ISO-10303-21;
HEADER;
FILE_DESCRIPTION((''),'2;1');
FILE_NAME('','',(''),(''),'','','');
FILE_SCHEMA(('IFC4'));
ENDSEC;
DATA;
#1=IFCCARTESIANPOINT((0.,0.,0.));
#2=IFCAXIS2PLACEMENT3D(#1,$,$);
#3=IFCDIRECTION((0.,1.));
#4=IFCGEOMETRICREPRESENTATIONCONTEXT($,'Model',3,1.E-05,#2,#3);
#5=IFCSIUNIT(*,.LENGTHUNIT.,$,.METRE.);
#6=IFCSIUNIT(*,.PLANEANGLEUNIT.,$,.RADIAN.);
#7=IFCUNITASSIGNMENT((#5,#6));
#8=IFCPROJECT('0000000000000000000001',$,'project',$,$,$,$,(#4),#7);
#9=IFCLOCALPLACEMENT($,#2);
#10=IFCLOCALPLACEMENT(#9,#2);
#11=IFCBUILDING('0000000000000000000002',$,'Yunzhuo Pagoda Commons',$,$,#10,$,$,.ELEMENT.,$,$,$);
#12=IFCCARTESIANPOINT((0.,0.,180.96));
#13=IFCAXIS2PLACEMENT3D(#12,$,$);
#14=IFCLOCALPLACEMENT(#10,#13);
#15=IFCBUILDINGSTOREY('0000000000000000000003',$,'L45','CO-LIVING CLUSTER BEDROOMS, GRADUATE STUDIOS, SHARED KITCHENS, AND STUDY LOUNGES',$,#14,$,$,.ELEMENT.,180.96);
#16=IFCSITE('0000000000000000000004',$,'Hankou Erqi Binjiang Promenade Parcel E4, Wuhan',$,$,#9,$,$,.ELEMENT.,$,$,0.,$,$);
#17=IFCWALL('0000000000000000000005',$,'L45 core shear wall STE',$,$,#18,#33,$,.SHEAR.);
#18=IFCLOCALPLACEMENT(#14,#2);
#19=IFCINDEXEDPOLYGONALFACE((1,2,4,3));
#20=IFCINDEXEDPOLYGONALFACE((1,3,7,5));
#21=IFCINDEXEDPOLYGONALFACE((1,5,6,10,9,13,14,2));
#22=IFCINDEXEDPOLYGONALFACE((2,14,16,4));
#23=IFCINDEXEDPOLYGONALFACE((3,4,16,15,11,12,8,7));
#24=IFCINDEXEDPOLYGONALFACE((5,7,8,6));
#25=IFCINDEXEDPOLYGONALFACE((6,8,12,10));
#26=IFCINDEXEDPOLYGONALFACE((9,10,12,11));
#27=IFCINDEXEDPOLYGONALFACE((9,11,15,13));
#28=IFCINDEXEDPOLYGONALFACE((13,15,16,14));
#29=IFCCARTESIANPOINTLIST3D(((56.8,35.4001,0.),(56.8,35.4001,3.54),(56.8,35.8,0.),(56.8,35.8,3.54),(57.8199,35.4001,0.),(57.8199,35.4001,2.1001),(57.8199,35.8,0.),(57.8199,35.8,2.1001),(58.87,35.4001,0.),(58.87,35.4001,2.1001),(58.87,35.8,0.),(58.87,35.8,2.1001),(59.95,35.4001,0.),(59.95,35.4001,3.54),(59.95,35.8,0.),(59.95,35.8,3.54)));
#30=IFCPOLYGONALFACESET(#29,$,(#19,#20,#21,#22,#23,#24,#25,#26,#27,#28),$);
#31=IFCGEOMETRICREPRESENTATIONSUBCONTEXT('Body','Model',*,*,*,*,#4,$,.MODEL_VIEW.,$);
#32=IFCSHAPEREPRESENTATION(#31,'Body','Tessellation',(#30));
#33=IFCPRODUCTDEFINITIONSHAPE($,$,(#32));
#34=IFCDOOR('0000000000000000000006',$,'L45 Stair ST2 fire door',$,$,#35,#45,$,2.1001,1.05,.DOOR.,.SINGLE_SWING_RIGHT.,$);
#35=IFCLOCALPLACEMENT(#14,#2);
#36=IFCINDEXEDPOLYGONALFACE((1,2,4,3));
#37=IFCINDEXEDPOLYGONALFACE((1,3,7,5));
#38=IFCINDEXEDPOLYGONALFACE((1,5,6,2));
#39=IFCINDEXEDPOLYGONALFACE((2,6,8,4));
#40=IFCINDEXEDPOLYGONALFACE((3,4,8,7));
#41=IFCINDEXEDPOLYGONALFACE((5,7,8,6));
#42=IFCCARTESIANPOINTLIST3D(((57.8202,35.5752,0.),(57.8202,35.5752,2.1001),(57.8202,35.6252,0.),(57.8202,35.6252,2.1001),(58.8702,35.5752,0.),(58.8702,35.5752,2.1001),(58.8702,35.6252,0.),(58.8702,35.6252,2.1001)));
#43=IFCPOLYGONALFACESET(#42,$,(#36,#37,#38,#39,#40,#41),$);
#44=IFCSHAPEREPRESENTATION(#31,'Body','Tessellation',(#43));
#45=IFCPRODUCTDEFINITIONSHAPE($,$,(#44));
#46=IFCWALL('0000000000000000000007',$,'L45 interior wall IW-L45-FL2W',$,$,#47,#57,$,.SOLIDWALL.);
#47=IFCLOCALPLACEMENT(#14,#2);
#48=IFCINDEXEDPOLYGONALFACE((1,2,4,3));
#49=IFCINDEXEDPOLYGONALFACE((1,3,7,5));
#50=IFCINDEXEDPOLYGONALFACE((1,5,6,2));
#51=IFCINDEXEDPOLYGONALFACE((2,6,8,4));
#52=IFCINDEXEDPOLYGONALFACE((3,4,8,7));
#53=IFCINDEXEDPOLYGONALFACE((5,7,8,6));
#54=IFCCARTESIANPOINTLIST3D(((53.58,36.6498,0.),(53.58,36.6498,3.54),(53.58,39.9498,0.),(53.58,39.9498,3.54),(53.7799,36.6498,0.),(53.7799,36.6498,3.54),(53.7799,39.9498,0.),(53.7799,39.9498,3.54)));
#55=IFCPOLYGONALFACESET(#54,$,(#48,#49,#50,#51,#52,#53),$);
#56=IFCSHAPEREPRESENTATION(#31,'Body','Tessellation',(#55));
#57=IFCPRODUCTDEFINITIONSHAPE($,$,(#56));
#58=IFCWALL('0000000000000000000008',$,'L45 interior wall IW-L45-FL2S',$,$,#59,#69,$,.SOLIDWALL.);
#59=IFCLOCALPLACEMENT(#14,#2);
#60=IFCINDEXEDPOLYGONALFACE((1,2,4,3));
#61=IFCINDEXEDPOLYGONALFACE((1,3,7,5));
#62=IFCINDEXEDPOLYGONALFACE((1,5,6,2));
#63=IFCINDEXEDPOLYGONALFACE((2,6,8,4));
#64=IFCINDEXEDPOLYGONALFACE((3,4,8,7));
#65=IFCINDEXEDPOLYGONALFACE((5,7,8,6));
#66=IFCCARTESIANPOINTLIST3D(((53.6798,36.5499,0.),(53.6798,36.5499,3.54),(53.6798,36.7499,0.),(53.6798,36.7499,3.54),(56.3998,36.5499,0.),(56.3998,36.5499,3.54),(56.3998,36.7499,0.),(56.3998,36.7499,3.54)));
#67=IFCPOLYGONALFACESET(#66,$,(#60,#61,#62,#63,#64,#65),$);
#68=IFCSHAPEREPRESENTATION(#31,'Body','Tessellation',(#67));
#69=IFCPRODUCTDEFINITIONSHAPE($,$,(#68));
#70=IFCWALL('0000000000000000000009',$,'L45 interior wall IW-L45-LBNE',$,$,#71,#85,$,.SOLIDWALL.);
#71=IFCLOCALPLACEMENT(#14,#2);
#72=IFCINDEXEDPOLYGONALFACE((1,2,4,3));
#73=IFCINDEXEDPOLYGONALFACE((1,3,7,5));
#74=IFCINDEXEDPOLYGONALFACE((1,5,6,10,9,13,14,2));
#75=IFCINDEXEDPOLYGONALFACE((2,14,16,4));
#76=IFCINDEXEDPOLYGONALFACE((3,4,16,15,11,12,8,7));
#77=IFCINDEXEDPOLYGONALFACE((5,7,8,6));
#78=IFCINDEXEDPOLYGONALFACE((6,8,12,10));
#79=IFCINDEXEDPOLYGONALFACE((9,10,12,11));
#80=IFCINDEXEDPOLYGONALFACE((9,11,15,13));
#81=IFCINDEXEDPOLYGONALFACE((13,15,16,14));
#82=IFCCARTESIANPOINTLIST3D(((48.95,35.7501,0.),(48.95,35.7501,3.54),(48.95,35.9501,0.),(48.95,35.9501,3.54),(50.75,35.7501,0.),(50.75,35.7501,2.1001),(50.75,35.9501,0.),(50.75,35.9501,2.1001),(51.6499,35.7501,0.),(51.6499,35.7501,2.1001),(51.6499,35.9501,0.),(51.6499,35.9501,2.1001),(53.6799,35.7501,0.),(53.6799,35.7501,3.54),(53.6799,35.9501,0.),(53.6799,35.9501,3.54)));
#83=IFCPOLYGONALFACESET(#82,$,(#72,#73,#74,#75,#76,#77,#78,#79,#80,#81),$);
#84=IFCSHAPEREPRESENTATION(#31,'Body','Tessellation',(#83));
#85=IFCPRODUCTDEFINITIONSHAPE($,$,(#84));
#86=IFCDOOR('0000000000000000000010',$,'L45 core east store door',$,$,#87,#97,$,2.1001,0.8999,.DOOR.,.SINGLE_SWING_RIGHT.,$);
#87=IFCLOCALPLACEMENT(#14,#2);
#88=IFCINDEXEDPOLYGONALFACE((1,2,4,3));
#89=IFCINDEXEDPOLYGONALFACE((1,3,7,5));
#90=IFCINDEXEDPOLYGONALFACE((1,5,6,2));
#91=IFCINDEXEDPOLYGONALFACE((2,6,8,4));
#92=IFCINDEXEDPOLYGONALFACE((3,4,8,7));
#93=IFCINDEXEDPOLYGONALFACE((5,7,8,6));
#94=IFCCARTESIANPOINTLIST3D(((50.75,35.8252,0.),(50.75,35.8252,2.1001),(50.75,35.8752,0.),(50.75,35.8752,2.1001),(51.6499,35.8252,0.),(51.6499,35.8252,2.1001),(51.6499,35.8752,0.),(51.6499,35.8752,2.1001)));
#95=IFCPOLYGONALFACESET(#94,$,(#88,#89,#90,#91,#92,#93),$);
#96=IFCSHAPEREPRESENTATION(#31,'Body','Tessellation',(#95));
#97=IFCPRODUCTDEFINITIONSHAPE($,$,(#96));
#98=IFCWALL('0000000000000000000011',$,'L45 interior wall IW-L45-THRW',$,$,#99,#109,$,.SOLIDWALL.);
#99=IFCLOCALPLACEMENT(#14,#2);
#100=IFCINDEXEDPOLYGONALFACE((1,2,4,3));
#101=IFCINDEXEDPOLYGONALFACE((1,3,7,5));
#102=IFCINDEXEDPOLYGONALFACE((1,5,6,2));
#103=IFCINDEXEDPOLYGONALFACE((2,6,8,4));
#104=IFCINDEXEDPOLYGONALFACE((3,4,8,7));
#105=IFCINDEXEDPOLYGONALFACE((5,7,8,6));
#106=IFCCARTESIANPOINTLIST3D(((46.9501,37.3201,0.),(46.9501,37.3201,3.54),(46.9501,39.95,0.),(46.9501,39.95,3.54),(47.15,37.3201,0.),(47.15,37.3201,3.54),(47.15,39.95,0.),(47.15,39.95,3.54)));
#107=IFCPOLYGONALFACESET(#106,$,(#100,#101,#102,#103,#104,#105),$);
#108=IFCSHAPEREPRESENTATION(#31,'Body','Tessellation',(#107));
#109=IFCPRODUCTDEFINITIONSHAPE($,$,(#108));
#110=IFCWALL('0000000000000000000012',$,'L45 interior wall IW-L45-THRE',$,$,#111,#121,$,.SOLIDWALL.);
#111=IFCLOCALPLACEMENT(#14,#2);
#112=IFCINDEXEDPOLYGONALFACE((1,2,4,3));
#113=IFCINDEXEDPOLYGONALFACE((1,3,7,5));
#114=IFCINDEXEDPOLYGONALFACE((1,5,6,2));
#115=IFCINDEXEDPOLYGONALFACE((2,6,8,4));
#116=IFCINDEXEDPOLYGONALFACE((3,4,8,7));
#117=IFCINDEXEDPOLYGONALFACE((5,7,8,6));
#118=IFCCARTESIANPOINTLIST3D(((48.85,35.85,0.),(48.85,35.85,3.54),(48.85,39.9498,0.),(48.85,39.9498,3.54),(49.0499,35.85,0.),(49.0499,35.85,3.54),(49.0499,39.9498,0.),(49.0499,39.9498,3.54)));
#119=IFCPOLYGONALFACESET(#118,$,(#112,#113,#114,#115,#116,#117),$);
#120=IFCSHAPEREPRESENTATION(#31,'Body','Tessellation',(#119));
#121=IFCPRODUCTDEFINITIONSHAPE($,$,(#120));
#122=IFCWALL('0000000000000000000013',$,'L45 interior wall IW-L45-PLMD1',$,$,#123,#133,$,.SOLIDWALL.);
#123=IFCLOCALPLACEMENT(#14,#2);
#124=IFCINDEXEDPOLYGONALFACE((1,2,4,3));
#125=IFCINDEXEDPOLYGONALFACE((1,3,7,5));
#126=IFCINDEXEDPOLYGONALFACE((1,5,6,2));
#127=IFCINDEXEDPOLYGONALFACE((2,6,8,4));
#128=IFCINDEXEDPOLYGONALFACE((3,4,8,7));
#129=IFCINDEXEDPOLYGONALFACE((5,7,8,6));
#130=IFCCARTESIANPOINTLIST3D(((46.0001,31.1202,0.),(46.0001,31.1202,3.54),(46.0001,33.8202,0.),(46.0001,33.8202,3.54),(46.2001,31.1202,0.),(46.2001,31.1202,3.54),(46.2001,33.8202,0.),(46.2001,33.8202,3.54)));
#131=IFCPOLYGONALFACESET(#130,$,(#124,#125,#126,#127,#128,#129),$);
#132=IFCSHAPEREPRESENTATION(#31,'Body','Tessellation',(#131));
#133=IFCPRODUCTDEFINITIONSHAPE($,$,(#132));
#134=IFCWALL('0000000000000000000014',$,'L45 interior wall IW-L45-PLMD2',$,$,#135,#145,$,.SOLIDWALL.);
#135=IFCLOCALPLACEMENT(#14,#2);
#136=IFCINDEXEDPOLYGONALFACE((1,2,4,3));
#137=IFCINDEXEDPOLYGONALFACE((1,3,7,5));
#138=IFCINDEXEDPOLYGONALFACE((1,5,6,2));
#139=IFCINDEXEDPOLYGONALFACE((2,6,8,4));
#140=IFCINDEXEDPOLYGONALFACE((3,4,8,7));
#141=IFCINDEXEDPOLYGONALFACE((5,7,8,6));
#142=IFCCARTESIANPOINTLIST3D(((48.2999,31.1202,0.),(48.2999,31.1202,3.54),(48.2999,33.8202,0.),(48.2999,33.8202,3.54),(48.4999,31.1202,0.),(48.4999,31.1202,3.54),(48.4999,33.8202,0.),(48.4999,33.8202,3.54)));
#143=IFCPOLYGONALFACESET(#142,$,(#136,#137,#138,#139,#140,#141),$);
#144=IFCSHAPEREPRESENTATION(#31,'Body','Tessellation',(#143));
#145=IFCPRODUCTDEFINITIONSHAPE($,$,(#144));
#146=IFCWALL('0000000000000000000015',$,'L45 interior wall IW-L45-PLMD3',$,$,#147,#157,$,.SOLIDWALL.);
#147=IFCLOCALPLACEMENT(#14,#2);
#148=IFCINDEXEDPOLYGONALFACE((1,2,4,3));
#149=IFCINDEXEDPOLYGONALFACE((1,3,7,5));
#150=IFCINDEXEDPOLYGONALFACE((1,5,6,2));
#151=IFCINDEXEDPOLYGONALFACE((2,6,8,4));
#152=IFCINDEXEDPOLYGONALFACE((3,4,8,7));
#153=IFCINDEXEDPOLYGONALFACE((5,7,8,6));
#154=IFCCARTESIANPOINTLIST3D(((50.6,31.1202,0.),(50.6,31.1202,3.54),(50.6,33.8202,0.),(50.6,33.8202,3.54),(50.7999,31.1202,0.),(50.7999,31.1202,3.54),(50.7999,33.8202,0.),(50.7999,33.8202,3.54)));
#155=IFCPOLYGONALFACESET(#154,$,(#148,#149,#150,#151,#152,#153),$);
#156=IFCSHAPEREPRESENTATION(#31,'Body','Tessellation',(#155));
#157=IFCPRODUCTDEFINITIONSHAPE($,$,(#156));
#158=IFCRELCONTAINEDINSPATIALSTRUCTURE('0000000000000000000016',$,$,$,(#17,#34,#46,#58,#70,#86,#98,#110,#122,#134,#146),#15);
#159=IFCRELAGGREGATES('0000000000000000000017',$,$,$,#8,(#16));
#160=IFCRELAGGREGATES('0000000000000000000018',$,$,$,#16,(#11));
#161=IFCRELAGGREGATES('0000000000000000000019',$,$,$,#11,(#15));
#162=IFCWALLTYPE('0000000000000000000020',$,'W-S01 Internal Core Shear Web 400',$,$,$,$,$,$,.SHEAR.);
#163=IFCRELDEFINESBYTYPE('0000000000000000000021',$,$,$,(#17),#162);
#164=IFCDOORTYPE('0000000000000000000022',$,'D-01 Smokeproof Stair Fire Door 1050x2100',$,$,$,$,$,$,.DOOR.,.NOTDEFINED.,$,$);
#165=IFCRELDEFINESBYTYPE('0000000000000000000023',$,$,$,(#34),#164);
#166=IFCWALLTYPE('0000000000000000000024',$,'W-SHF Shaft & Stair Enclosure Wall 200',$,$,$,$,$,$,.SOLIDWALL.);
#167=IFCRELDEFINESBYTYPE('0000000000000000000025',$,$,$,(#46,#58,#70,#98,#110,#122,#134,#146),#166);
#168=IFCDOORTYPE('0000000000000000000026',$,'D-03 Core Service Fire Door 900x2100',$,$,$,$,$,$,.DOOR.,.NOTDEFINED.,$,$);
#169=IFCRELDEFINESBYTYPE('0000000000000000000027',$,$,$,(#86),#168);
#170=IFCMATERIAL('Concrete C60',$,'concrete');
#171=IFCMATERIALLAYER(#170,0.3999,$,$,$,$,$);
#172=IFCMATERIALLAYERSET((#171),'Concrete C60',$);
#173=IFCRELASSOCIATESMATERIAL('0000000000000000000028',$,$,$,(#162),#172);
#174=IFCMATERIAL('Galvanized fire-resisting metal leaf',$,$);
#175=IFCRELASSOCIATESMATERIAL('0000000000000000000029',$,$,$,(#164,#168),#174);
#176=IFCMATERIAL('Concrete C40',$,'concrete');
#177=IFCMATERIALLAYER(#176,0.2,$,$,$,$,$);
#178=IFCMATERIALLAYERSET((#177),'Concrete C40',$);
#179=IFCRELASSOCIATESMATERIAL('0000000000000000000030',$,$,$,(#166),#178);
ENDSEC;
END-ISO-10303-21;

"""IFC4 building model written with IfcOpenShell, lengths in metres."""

from ifc_helpers import new_model, si_unit, direction, frame, frame_2d, origin, place, context, subcontext, project, spatial, rectangle, extrude, source, transform, mapped, material, layer, layer_set, type_object, element, fill, save


model = new_model("IFC4")

# Units and contexts
model_context = context("Model", 3, precision=1e-05, world=origin(), true_north=direction((0.0, 1.0)))
body_context = subcontext(model_context, "Body", "Model", "MODEL_VIEW")
ifc_project = project(units=[si_unit("LENGTHUNIT", "METRE"), si_unit("PLANEANGLEUNIT", "RADIAN")], contexts=[model_context])

# Site, building, storey
site_placement = place(None, origin())
site = spatial("IfcSite", under=ifc_project, at=site_placement, Name="Hankou Erqi Binjiang Promenade Parcel E4, Wuhan", CompositionType="ELEMENT", RefElevation=0.0)
building_placement = place(site_placement, origin())
building = spatial("IfcBuilding", under=site, at=building_placement, Name="Yunzhuo Pagoda Commons", CompositionType="ELEMENT")
storey_placement = place(building_placement, frame((0.0, 0.0, 180.96)))
storey = spatial("IfcBuildingStorey", under=building, at=storey_placement, Name="L45", Description="CO-LIVING CLUSTER BEDROOMS, GRADUATE STUDIOS, SHARED KITCHENS, AND STUDY LOUNGES", CompositionType="ELEMENT", Elevation=180.96)

# Shared definitions
ifc_material_1 = material(Name="Galvanized fire-resisting metal leaf")
shared_shape_1 = source(origin(), body_context, "Body", "SweptSolid", [
    extrude(rectangle(XDim=1.05, YDim=2.1001, at=frame_2d((0.5249, 1.05))), frame((0.0, 0.0249, 0.0), z_axis=(0.0, -1.0, 0.0), x_axis=(1.0, 0.0, 0.0)), (0.0, 0.0, 1.0), 0.05),
])

# Wall, opening, door
ifc_material_2 = material(Name="Concrete C60", Category="concrete")
ifc_layer_1 = layer(ifc_material_2, 0.3999)
ifc_layer_set_1 = layer_set([ifc_layer_1], Name="Concrete C60")
wall_type_1 = type_object("IfcWallType", Name="W-S01 Internal Core Shear Web 400", PredefinedType="SHEAR", material=ifc_layer_set_1)
wall_1_placement = place(storey_placement, frame((56.8, 35.6001, 0.0), z_axis=(0.0, 0.0, 1.0), x_axis=(1.0, 0.0, 0.0)))
wall_1 = element("IfcWall", 1, at=wall_1_placement, inside=storey, type_object=wall_type_1, Name="L45 core shear wall STE", PredefinedType="SHEAR", context=body_context, shape_type="SweptSolid", body=[
    extrude(rectangle(XDim=3.1499, YDim=0.3999, at=frame_2d((1.575, 0.0))), origin(), (0.0, 0.0, 1.0), 3.54),
])
opening_1_placement = place(wall_1_placement, frame((1.02, 0.0, 0.0)))
opening_1 = element("IfcOpeningElement", 2, at=opening_1_placement, cuts=wall_1, PredefinedType="OPENING", context=body_context, shape_type="SweptSolid", body=[
    extrude(rectangle(XDim=1.05, YDim=2.1001, at=frame_2d((0.5249, 1.05))), frame((0.0, 0.21, 0.0), z_axis=(0.0, -1.0, 0.0), x_axis=(1.0, 0.0, 0.0)), (0.0, 0.0, 1.0), 0.4199),
])
door_type_1 = type_object("IfcDoorType", Name="D-01 Smokeproof Stair Fire Door 1050x2100", OperationType="NOTDEFINED", PredefinedType="DOOR", material=ifc_material_1)
door_1_placement = place(opening_1_placement, frame((1.05, 0.0, 0.0), z_axis=(0.0, 0.0, 1.0), x_axis=(-1.0, 0.0, 0.0)))
door_1 = element("IfcDoor", 3, at=door_1_placement, inside=storey, type_object=door_type_1, Name="L45 Stair ST2 fire door", OperationType="SINGLE_SWING_RIGHT", OverallHeight=2.1001, OverallWidth=1.05, PredefinedType="DOOR", context=body_context, shape_type="MappedRepresentation", body=[
    mapped(shared_shape_1, transform((0.0, 0.0, 0.0), scale=1.0)),
])
fill(opening_1, door_1)

# Walls
ifc_material_3 = material(Name="Concrete C40", Category="concrete")
ifc_layer_2 = layer(ifc_material_3, 0.2)
ifc_layer_set_2 = layer_set([ifc_layer_2], Name="Concrete C40")
wall_type_2 = type_object("IfcWallType", Name="W-SHF Shaft & Stair Enclosure Wall 200", PredefinedType="SOLIDWALL", material=ifc_layer_set_2)
wall_2_placement = place(storey_placement, frame((53.6799, 36.6499, 0.0), z_axis=(0.0, 0.0, 1.0), x_axis=(0.0, 1.0, 0.0)))
element("IfcWall", 4, at=wall_2_placement, inside=storey, type_object=wall_type_2, Name="L45 interior wall IW-L45-FL2W", PredefinedType="SOLIDWALL", context=body_context, shape_type="SweptSolid", body=[
    extrude(rectangle(XDim=3.3, YDim=0.2, at=frame_2d((1.6499, 0.0))), origin(), (0.0, 0.0, 1.0), 3.54),
])
wall_3_placement = place(storey_placement, frame((53.6799, 36.6499, 0.0), z_axis=(0.0, 0.0, 1.0), x_axis=(1.0, 0.0, 0.0)))
element("IfcWall", 5, at=wall_3_placement, inside=storey, type_object=wall_type_2, Name="L45 interior wall IW-L45-FL2S", PredefinedType="SOLIDWALL", context=body_context, shape_type="SweptSolid", body=[
    extrude(rectangle(XDim=2.72, YDim=0.2, at=frame_2d((1.3599, 0.0))), origin(), (0.0, 0.0, 1.0), 3.54),
])

# Wall, opening, door
wall_4_placement = place(storey_placement, frame((48.95, 35.8501, 0.0), z_axis=(0.0, 0.0, 1.0), x_axis=(1.0, 0.0, 0.0)))
wall_4 = element("IfcWall", 6, at=wall_4_placement, inside=storey, type_object=wall_type_2, Name="L45 interior wall IW-L45-LBNE", PredefinedType="SOLIDWALL", context=body_context, shape_type="SweptSolid", body=[
    extrude(rectangle(XDim=4.73, YDim=0.2, at=frame_2d((2.365, 0.0))), origin(), (0.0, 0.0, 1.0), 3.54),
])
opening_2_placement = place(wall_4_placement, frame((1.8, 0.0, 0.0)))
opening_2 = element("IfcOpeningElement", 7, at=opening_2_placement, cuts=wall_4, PredefinedType="OPENING", context=body_context, shape_type="SweptSolid", body=[
    extrude(rectangle(XDim=0.8999, YDim=2.1001, at=frame_2d((0.45, 1.05))), frame((0.0, 0.1099, 0.0), z_axis=(0.0, -1.0, 0.0), x_axis=(1.0, 0.0, 0.0)), (0.0, 0.0, 1.0), 0.22),
])
door_type_2 = type_object("IfcDoorType", Name="D-03 Core Service Fire Door 900x2100", OperationType="NOTDEFINED", PredefinedType="DOOR", material=ifc_material_1)
shared_shape_2 = source(origin(), body_context, "Body", "SweptSolid", [
    extrude(rectangle(XDim=0.8999, YDim=2.1001, at=frame_2d((0.45, 1.05))), frame((0.0, 0.0249, 0.0), z_axis=(0.0, -1.0, 0.0), x_axis=(1.0, 0.0, 0.0)), (0.0, 0.0, 1.0), 0.05),
])
door_2_placement = place(opening_2_placement, frame((0.8999, 0.0, 0.0), z_axis=(0.0, 0.0, 1.0), x_axis=(-1.0, 0.0, 0.0)))
door_2 = element("IfcDoor", 8, at=door_2_placement, inside=storey, type_object=door_type_2, Name="L45 core east store door", OperationType="SINGLE_SWING_RIGHT", OverallHeight=2.1001, OverallWidth=0.8999, PredefinedType="DOOR", context=body_context, shape_type="MappedRepresentation", body=[
    mapped(shared_shape_2, transform((0.0, 0.0, 0.0), scale=1.0)),
])
fill(opening_2, door_2)

# Walls
wall_5_placement = place(storey_placement, frame((47.05, 37.3201, 0.0), z_axis=(0.0, 0.0, 1.0), x_axis=(0.0, 1.0, 0.0)))
element("IfcWall", 9, at=wall_5_placement, inside=storey, type_object=wall_type_2, Name="L45 interior wall IW-L45-THRW", PredefinedType="SOLIDWALL", context=body_context, shape_type="SweptSolid", body=[
    extrude(rectangle(XDim=2.6299, YDim=0.2, at=frame_2d((1.3149, 0.0))), origin(), (0.0, 0.0, 1.0), 3.54),
])
wall_6_placement = place(storey_placement, frame((48.95, 35.8501, 0.0), z_axis=(0.0, 0.0, 1.0), x_axis=(0.0, 1.0, 0.0)))
element("IfcWall", 10, at=wall_6_placement, inside=storey, type_object=wall_type_2, Name="L45 interior wall IW-L45-THRE", PredefinedType="SOLIDWALL", context=body_context, shape_type="SweptSolid", body=[
    extrude(rectangle(XDim=4.0999, YDim=0.2, at=frame_2d((2.0498, 0.0))), origin(), (0.0, 0.0, 1.0), 3.54),
])
for number, where, z_axis, x_axis, name in (
    (11, (46.1001, 31.1201, 0.0), (0.0, 0.0, 1.0), (0.0, 1.0, 0.0), "L45 interior wall IW-L45-PLMD1"),
    (12, (48.3999, 31.1201, 0.0), (0.0, 0.0, 1.0), (0.0, 1.0, 0.0), "L45 interior wall IW-L45-PLMD2"),
    (13, (50.7, 31.1201, 0.0), (0.0, 0.0, 1.0), (0.0, 1.0, 0.0), "L45 interior wall IW-L45-PLMD3"),
):
    element("IfcWall", number, at=place(storey_placement, frame(where, z_axis=z_axis, x_axis=x_axis)), inside=storey, type_object=wall_type_2, Name=name, PredefinedType="SOLIDWALL", context=body_context, shape_type="SweptSolid", body=[
        extrude(rectangle(XDim=2.7, YDim=0.2, at=frame_2d((1.3501, 0.0))), origin(), (0.0, 0.0, 1.0), 3.54),
    ])

save(model, "model.ifc")
